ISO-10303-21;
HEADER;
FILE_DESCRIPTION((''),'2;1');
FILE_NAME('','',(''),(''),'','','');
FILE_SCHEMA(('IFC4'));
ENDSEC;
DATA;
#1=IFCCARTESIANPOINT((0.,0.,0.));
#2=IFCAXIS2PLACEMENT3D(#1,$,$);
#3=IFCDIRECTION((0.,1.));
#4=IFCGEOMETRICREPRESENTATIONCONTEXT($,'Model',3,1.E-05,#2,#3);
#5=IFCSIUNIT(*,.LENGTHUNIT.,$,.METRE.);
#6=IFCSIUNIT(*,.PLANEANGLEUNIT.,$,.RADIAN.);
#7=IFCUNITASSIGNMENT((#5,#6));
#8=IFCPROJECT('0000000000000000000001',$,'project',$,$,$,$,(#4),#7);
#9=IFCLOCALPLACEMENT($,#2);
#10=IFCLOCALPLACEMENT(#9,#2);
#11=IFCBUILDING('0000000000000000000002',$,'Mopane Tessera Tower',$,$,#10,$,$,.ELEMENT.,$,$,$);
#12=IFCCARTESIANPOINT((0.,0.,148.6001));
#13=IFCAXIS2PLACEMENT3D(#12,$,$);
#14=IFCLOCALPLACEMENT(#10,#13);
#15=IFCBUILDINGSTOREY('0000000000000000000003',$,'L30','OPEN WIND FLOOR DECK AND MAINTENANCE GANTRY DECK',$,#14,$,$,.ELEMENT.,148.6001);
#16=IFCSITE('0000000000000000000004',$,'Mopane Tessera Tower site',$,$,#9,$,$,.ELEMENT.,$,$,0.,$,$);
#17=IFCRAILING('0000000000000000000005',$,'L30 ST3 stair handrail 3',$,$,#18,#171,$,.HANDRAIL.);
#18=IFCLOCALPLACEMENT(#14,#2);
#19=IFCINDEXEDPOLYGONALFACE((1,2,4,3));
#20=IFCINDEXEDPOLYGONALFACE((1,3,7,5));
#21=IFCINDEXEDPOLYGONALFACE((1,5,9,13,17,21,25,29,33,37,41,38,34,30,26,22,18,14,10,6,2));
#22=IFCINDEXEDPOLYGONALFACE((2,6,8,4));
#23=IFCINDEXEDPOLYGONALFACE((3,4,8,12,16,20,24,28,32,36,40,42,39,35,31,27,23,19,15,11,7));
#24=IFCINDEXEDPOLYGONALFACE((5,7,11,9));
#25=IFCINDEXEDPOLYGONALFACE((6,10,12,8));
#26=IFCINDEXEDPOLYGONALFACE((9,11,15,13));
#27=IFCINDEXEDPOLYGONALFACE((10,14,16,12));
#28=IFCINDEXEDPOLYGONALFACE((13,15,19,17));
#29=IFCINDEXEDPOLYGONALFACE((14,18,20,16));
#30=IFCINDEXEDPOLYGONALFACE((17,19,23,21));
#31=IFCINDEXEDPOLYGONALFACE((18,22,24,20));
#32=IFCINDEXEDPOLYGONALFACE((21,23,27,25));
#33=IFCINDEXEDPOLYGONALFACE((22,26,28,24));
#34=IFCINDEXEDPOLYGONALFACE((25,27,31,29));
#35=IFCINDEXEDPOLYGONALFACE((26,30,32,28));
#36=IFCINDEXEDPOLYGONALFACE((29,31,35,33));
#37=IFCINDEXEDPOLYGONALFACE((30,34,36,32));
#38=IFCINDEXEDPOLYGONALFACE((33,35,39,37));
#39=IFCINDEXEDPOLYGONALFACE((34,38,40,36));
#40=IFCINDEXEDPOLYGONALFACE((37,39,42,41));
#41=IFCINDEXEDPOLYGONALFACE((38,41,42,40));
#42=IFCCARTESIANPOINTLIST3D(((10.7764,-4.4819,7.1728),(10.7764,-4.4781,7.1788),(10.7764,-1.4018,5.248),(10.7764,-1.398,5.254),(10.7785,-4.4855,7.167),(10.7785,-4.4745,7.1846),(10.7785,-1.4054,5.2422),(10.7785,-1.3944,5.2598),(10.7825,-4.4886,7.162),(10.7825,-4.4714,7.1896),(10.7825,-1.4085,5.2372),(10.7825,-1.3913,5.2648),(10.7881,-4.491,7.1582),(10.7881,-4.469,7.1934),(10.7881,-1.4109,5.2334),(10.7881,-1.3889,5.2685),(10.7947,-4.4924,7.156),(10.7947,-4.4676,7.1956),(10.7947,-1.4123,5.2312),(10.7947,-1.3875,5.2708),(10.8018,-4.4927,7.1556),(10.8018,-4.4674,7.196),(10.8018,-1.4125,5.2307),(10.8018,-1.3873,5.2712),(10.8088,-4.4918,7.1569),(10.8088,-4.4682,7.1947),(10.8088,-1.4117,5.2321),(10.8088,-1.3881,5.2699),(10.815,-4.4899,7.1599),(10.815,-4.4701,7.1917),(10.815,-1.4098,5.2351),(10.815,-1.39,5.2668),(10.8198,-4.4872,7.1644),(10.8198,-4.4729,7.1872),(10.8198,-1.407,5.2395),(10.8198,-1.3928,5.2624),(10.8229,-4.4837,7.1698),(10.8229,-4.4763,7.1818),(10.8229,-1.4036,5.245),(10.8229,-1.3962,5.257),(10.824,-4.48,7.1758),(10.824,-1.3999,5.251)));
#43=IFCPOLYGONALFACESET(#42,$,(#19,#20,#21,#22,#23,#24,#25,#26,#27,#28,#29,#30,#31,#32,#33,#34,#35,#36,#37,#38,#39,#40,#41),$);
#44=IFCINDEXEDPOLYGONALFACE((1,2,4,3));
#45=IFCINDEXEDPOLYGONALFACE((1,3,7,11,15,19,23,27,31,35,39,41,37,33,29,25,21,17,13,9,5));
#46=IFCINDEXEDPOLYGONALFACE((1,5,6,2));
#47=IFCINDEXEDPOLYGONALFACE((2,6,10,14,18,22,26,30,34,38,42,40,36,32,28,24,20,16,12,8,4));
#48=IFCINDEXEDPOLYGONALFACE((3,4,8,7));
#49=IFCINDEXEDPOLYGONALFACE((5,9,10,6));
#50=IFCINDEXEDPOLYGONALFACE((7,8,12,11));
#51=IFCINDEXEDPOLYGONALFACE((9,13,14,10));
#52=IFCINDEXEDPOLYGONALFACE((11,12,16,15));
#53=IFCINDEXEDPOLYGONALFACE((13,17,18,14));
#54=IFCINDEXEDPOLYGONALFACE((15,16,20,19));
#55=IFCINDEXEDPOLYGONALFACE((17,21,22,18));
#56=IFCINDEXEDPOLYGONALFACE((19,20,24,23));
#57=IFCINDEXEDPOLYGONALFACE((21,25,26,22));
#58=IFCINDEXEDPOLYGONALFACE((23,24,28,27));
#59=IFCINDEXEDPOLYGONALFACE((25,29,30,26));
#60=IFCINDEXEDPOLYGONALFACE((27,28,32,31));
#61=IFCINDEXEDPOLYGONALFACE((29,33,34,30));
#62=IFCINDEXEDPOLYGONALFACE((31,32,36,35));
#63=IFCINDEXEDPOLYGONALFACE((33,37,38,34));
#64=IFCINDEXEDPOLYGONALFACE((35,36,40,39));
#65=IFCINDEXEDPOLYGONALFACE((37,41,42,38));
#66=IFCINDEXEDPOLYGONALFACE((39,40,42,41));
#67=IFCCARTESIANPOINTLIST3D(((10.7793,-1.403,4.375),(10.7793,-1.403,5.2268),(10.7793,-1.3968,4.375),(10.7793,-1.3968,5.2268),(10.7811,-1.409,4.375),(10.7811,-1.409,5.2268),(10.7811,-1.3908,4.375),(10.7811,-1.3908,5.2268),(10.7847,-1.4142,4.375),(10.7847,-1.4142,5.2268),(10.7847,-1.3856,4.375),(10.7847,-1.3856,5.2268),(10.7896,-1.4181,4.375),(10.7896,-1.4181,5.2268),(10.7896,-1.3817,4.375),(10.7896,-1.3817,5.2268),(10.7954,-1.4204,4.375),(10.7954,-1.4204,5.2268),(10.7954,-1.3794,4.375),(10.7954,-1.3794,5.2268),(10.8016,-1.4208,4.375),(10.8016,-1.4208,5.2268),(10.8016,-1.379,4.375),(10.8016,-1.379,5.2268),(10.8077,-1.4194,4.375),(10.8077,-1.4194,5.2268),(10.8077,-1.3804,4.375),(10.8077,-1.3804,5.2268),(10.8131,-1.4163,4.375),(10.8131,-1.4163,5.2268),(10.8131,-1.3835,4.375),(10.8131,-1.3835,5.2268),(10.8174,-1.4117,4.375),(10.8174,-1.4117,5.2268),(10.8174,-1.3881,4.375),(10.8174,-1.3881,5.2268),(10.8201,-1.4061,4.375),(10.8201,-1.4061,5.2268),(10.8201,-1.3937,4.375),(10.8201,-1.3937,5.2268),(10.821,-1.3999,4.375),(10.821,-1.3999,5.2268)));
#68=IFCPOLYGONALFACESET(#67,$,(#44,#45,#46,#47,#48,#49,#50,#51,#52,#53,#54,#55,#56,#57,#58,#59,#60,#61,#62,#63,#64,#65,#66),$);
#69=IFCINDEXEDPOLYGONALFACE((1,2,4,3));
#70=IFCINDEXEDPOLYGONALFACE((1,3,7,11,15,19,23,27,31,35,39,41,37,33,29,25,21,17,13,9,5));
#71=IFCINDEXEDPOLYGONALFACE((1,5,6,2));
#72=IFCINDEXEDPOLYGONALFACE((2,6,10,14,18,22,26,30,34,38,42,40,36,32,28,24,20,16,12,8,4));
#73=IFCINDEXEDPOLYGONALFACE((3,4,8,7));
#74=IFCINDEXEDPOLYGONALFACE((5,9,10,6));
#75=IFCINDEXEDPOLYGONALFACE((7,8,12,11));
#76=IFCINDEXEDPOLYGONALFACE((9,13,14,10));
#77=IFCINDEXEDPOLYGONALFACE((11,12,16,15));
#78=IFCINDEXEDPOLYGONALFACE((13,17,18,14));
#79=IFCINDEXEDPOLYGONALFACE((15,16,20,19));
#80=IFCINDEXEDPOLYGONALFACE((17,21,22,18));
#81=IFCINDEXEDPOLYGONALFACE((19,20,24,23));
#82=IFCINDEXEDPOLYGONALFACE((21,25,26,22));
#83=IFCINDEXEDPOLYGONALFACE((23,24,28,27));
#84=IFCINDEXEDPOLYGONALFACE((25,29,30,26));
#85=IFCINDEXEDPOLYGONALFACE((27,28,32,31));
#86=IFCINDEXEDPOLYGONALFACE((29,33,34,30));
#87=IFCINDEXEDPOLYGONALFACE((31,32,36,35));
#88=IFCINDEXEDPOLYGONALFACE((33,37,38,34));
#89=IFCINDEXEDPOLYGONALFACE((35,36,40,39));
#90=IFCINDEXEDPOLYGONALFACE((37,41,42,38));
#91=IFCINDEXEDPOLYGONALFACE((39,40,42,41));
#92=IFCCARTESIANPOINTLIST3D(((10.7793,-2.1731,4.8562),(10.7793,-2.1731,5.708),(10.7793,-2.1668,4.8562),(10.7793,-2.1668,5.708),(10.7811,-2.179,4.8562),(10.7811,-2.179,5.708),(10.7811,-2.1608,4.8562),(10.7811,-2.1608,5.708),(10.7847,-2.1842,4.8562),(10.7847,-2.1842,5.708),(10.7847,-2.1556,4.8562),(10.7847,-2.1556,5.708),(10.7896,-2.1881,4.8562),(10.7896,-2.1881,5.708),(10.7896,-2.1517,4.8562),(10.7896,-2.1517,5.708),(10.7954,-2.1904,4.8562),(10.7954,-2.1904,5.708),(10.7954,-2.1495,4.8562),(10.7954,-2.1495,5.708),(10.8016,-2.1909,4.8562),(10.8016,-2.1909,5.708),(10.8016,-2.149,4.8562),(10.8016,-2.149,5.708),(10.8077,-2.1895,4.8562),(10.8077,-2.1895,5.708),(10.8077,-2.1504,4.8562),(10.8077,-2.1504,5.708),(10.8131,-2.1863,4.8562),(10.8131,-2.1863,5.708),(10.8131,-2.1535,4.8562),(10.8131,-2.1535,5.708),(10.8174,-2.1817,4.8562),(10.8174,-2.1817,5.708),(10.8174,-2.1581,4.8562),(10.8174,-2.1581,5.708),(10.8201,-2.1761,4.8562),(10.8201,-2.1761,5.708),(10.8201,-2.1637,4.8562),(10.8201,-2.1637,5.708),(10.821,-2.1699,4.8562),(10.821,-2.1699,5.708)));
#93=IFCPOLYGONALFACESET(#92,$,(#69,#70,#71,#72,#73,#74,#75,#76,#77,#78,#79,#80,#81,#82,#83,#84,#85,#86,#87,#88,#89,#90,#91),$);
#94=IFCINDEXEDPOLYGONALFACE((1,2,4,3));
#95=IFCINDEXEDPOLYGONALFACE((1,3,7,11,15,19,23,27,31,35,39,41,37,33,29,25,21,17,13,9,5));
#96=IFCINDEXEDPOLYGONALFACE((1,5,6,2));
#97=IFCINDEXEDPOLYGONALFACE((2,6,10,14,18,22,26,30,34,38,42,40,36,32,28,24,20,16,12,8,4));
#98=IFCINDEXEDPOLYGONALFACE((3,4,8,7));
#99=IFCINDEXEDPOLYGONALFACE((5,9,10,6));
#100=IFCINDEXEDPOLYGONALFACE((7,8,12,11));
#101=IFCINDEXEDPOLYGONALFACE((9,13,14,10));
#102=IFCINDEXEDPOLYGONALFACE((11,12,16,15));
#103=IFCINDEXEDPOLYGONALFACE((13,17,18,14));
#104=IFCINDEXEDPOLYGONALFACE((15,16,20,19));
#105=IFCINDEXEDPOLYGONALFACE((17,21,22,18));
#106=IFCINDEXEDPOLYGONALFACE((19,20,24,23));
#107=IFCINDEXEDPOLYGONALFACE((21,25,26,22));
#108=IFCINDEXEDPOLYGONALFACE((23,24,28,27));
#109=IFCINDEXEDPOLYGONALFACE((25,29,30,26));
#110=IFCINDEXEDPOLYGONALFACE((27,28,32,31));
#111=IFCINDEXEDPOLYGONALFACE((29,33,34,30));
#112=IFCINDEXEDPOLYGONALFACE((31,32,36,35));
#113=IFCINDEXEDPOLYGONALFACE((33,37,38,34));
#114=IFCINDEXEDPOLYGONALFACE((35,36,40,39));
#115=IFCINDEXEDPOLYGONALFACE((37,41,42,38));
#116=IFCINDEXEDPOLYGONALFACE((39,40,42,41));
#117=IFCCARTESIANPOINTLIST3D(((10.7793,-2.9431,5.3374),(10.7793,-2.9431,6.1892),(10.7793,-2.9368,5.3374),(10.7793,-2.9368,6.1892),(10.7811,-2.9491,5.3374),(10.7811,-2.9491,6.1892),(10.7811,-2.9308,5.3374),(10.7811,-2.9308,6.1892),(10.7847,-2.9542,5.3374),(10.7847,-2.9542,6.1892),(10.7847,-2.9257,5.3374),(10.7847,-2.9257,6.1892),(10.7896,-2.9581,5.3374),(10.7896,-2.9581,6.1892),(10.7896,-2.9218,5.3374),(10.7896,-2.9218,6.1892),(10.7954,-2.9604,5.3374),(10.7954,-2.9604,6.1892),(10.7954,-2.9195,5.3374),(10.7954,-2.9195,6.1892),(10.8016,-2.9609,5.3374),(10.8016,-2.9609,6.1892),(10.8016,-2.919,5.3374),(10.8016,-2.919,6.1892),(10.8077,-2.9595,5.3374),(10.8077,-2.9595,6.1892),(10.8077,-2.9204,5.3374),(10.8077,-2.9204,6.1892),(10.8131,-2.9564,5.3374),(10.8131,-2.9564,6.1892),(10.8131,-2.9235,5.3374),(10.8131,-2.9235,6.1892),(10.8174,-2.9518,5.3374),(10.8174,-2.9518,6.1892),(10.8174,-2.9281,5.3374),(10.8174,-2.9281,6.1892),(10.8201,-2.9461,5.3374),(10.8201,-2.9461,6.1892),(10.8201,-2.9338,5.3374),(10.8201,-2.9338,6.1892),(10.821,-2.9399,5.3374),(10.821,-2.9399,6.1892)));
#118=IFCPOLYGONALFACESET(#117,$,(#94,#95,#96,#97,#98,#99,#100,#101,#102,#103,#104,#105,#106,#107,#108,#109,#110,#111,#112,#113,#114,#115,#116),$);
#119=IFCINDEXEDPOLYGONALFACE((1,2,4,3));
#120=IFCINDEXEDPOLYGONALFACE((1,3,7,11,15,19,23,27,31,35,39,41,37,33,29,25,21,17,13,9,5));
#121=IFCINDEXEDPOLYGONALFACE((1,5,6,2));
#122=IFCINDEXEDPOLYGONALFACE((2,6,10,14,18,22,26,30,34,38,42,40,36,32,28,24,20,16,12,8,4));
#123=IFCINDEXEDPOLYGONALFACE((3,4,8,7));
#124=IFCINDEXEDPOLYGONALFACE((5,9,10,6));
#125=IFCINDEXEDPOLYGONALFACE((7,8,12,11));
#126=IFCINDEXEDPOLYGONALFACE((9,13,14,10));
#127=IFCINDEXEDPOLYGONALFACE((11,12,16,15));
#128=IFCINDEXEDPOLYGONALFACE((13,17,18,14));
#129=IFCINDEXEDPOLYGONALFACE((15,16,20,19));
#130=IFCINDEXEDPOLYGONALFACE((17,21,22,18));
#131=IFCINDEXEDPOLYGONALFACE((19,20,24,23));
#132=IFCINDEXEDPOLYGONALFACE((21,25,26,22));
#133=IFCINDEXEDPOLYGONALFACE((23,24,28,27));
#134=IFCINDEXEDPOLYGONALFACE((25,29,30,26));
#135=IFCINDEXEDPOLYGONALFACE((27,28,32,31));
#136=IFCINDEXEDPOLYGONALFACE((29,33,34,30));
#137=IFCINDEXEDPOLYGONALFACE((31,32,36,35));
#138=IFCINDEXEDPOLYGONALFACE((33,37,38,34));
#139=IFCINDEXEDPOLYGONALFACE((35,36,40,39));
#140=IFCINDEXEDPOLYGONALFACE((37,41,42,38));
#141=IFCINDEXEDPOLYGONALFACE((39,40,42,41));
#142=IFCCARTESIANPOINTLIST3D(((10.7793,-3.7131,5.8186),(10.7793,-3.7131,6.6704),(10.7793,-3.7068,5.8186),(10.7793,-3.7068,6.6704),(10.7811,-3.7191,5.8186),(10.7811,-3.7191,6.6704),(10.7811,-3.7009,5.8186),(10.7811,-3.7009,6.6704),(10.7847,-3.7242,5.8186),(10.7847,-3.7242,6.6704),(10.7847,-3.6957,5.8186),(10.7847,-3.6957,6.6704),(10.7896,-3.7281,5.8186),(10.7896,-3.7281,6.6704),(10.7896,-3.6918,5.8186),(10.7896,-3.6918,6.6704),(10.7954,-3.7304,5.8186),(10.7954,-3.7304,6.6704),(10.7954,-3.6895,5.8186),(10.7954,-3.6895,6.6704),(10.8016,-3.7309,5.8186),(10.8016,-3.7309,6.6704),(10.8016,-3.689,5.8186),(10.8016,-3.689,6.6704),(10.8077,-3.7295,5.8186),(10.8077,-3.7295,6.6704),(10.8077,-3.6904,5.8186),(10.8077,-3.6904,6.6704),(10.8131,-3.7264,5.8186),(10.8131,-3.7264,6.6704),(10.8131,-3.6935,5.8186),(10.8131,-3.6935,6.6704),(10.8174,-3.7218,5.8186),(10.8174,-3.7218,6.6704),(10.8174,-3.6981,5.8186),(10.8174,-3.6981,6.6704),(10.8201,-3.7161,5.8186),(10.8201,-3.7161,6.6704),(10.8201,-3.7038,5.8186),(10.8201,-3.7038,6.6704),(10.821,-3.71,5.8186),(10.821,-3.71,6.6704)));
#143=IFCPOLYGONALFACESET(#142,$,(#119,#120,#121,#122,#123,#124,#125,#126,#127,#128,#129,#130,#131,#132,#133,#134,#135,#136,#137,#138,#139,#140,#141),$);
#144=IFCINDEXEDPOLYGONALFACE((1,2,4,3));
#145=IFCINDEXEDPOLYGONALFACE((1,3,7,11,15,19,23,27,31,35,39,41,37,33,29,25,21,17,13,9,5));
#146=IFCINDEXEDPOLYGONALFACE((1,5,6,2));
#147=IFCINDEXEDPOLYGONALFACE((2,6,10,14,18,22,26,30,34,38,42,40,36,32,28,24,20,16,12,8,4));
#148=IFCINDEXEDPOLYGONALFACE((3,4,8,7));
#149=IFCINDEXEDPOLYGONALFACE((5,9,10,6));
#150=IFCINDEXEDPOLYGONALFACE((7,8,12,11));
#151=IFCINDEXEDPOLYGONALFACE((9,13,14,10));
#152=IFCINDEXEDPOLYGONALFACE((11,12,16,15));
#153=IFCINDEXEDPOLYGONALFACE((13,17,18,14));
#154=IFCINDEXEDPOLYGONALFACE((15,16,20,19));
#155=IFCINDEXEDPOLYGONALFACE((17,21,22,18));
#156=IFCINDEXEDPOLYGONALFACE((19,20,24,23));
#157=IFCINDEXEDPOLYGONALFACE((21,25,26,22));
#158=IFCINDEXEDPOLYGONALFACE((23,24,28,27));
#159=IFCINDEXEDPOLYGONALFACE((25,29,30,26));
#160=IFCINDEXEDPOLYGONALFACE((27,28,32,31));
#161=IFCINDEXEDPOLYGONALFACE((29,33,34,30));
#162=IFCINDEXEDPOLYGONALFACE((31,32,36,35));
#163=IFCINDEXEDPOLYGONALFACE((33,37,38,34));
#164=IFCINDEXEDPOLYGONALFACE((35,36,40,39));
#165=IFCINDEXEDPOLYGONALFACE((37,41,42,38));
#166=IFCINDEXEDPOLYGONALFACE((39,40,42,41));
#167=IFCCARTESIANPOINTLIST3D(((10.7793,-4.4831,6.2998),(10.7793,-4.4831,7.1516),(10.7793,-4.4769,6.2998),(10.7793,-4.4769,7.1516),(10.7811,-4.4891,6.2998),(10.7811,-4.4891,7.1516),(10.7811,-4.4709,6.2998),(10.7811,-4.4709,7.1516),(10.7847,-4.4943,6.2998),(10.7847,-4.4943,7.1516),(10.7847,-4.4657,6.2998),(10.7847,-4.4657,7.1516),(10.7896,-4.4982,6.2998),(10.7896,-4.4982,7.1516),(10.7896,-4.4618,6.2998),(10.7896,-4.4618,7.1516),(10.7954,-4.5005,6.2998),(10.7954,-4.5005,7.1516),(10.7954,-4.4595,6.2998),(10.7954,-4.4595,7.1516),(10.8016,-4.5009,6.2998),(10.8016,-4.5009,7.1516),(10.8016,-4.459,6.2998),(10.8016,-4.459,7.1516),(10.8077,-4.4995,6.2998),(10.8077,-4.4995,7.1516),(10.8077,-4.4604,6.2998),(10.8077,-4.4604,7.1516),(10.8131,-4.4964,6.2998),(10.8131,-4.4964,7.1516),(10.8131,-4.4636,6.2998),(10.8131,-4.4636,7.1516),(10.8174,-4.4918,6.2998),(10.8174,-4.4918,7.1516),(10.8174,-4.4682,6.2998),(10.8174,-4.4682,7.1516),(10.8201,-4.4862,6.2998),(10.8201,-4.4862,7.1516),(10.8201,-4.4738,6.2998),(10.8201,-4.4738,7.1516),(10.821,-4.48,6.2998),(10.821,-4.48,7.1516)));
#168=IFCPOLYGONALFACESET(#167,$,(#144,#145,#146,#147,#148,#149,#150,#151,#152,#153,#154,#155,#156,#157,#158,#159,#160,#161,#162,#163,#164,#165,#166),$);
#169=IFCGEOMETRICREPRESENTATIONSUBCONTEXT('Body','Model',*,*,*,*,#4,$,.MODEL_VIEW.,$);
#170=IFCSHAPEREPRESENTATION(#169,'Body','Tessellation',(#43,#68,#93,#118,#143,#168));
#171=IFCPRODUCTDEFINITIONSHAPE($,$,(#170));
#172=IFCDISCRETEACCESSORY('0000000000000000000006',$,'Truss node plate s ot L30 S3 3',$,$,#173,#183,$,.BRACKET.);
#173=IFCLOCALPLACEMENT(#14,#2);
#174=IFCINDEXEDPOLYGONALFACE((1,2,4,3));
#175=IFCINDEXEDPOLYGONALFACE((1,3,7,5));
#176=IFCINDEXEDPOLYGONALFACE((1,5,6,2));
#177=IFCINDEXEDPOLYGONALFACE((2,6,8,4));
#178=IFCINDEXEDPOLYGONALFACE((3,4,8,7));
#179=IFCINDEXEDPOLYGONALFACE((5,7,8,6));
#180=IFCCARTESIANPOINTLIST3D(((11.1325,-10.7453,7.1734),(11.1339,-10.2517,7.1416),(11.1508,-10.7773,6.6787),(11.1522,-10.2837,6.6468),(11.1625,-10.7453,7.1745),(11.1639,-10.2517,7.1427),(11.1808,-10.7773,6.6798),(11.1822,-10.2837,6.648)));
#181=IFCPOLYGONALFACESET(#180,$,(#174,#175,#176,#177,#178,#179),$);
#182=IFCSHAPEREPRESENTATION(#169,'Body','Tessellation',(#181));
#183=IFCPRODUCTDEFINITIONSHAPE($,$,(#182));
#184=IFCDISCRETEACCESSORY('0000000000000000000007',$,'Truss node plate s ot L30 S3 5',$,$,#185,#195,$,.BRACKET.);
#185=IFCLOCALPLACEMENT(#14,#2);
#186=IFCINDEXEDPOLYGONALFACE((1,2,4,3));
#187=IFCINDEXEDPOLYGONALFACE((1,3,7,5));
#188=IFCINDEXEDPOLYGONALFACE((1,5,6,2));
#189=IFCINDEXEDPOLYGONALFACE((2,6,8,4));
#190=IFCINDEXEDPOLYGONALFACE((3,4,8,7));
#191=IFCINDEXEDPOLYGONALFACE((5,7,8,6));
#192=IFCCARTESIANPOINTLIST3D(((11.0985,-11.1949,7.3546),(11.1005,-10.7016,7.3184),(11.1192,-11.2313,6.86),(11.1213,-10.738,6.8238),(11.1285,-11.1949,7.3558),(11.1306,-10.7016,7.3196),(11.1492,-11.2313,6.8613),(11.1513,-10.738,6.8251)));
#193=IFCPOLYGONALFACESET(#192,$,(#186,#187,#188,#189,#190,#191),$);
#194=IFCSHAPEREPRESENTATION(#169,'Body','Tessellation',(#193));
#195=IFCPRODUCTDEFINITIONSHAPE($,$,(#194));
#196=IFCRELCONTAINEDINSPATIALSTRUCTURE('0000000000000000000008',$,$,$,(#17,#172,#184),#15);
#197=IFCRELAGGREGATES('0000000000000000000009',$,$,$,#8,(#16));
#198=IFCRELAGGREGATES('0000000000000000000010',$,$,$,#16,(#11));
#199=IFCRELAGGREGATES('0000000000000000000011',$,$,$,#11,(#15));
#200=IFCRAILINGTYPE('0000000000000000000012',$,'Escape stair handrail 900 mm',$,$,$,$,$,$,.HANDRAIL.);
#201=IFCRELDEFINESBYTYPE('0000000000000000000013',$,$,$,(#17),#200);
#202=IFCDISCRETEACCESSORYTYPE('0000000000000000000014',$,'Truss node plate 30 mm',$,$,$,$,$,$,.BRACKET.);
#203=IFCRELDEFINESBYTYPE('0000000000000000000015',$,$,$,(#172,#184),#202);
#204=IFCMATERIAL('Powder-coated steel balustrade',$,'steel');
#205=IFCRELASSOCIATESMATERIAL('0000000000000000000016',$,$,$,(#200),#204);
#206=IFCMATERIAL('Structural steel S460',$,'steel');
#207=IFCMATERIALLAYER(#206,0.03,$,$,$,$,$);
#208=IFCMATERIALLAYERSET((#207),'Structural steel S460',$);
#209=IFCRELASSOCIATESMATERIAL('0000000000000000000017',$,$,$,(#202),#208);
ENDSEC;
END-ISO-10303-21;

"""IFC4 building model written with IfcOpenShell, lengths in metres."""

from ifc_helpers import new_model, si_unit, direction, frame, origin, origin_2d, place, context, subcontext, project, spatial, rectangle, circle, extrude, material, layer, layer_set, type_object, element, save


model = new_model("IFC4")

# Units and contexts
model_context = context("Model", 3, precision=1e-05, world=origin(), true_north=direction((0.0, 1.0)))
body_context = subcontext(model_context, "Body", "Model", "MODEL_VIEW")
ifc_project = project(units=[si_unit("LENGTHUNIT", "METRE"), si_unit("PLANEANGLEUNIT", "RADIAN")], contexts=[model_context])

# Site, building, storey
site_placement = place(None, origin())
site = spatial("IfcSite", under=ifc_project, at=site_placement, Name="Mopane Tessera Tower site", CompositionType="ELEMENT", RefElevation=0.0)
building_placement = place(site_placement, origin())
building = spatial("IfcBuilding", under=site, at=building_placement, Name="Mopane Tessera Tower", CompositionType="ELEMENT")
storey_placement = place(building_placement, frame((0.0, 0.0, 148.6001)))
storey = spatial("IfcBuildingStorey", under=building, at=storey_placement, Name="L30", Description="OPEN WIND FLOOR DECK AND MAINTENANCE GANTRY DECK", CompositionType="ELEMENT", Elevation=148.6001)

# Railing
ifc_material_1 = material(Name="Powder-coated steel balustrade", Category="steel")
railing_type = type_object("IfcRailingType", Name="Escape stair handrail 900 mm", PredefinedType="HANDRAIL", material=ifc_material_1)
railing_1_placement = place(storey_placement, frame((10.8, -1.3999, 4.375)))
element("IfcRailing", 1, at=railing_1_placement, inside=storey, type_object=railing_type, Name="L30 ST3 stair handrail 3", PredefinedType="HANDRAIL", context=body_context, shape_type="SweptSolid", body=[
    extrude(circle(Radius=0.0239, at=origin_2d()), frame((0.0, 0.0, 0.876), z_axis=(0.0, -0.848029, 0.529951), x_axis=(1.0, 0.0, 0.0)), (0.0, 0.0, 1.0), 3.6321),
    extrude(circle(Radius=0.021, at=origin_2d()), origin(), (0.0, 0.0, 1.0), 0.8518),
    extrude(circle(Radius=0.021, at=origin_2d()), frame((0.0, -0.77, 0.4812)), (0.0, 0.0, 1.0), 0.8518),
    extrude(circle(Radius=0.021, at=origin_2d()), frame((0.0, -1.54, 0.9624)), (0.0, 0.0, 1.0), 0.8518),
    extrude(circle(Radius=0.021, at=origin_2d()), frame((0.0, -2.3101, 1.4436)), (0.0, 0.0, 1.0), 0.8518),
    extrude(circle(Radius=0.021, at=origin_2d()), frame((0.0, -3.0801, 1.9248)), (0.0, 0.0, 1.0), 0.8518),
])

# Discrete accessories
ifc_material_2 = material(Name="Structural steel S460", Category="steel")
ifc_layer_1 = layer(ifc_material_2, 0.03)
ifc_layer_set_1 = layer_set([ifc_layer_1], Name="Structural steel S460")
discrete_accessory_type = type_object("IfcDiscreteAccessoryType", Name="Truss node plate 30 mm", PredefinedType="BRACKET", material=ifc_layer_set_1)
discrete_accessory_1_placement = place(storey_placement, frame((11.1665, -10.5305, 6.6633), z_axis=(-0.036916, 0.064481, 0.997236), x_axis=(0.999315, -0.000317, 0.037014)))
element("IfcDiscreteAccessory", 2, at=discrete_accessory_1_placement, inside=storey, type_object=discrete_accessory_type, Name="Truss node plate s ot L30 S3 3", PredefinedType="BRACKET", context=body_context, shape_type="SweptSolid", body=[
    extrude(rectangle(XDim=0.03, YDim=0.4946, at=origin_2d()), origin(), (0.0, 0.0, 1.0), 0.4961),
])
discrete_accessory_2_placement = place(storey_placement, frame((11.1353, -10.9846, 6.8425), z_axis=(-0.041805, 0.073282, 0.996435), x_axis=(0.999117, -0.001158, 0.042003)))
element("IfcDiscreteAccessory", 3, at=discrete_accessory_2_placement, inside=storey, type_object=discrete_accessory_type, Name="Truss node plate s ot L30 S3 5", PredefinedType="BRACKET", context=body_context, shape_type="SweptSolid", body=[
    extrude(rectangle(XDim=0.03, YDim=0.4946, at=origin_2d()), origin(), (0.0, 0.0, 1.0), 0.4963),
])

save(model, "model.ifc")
